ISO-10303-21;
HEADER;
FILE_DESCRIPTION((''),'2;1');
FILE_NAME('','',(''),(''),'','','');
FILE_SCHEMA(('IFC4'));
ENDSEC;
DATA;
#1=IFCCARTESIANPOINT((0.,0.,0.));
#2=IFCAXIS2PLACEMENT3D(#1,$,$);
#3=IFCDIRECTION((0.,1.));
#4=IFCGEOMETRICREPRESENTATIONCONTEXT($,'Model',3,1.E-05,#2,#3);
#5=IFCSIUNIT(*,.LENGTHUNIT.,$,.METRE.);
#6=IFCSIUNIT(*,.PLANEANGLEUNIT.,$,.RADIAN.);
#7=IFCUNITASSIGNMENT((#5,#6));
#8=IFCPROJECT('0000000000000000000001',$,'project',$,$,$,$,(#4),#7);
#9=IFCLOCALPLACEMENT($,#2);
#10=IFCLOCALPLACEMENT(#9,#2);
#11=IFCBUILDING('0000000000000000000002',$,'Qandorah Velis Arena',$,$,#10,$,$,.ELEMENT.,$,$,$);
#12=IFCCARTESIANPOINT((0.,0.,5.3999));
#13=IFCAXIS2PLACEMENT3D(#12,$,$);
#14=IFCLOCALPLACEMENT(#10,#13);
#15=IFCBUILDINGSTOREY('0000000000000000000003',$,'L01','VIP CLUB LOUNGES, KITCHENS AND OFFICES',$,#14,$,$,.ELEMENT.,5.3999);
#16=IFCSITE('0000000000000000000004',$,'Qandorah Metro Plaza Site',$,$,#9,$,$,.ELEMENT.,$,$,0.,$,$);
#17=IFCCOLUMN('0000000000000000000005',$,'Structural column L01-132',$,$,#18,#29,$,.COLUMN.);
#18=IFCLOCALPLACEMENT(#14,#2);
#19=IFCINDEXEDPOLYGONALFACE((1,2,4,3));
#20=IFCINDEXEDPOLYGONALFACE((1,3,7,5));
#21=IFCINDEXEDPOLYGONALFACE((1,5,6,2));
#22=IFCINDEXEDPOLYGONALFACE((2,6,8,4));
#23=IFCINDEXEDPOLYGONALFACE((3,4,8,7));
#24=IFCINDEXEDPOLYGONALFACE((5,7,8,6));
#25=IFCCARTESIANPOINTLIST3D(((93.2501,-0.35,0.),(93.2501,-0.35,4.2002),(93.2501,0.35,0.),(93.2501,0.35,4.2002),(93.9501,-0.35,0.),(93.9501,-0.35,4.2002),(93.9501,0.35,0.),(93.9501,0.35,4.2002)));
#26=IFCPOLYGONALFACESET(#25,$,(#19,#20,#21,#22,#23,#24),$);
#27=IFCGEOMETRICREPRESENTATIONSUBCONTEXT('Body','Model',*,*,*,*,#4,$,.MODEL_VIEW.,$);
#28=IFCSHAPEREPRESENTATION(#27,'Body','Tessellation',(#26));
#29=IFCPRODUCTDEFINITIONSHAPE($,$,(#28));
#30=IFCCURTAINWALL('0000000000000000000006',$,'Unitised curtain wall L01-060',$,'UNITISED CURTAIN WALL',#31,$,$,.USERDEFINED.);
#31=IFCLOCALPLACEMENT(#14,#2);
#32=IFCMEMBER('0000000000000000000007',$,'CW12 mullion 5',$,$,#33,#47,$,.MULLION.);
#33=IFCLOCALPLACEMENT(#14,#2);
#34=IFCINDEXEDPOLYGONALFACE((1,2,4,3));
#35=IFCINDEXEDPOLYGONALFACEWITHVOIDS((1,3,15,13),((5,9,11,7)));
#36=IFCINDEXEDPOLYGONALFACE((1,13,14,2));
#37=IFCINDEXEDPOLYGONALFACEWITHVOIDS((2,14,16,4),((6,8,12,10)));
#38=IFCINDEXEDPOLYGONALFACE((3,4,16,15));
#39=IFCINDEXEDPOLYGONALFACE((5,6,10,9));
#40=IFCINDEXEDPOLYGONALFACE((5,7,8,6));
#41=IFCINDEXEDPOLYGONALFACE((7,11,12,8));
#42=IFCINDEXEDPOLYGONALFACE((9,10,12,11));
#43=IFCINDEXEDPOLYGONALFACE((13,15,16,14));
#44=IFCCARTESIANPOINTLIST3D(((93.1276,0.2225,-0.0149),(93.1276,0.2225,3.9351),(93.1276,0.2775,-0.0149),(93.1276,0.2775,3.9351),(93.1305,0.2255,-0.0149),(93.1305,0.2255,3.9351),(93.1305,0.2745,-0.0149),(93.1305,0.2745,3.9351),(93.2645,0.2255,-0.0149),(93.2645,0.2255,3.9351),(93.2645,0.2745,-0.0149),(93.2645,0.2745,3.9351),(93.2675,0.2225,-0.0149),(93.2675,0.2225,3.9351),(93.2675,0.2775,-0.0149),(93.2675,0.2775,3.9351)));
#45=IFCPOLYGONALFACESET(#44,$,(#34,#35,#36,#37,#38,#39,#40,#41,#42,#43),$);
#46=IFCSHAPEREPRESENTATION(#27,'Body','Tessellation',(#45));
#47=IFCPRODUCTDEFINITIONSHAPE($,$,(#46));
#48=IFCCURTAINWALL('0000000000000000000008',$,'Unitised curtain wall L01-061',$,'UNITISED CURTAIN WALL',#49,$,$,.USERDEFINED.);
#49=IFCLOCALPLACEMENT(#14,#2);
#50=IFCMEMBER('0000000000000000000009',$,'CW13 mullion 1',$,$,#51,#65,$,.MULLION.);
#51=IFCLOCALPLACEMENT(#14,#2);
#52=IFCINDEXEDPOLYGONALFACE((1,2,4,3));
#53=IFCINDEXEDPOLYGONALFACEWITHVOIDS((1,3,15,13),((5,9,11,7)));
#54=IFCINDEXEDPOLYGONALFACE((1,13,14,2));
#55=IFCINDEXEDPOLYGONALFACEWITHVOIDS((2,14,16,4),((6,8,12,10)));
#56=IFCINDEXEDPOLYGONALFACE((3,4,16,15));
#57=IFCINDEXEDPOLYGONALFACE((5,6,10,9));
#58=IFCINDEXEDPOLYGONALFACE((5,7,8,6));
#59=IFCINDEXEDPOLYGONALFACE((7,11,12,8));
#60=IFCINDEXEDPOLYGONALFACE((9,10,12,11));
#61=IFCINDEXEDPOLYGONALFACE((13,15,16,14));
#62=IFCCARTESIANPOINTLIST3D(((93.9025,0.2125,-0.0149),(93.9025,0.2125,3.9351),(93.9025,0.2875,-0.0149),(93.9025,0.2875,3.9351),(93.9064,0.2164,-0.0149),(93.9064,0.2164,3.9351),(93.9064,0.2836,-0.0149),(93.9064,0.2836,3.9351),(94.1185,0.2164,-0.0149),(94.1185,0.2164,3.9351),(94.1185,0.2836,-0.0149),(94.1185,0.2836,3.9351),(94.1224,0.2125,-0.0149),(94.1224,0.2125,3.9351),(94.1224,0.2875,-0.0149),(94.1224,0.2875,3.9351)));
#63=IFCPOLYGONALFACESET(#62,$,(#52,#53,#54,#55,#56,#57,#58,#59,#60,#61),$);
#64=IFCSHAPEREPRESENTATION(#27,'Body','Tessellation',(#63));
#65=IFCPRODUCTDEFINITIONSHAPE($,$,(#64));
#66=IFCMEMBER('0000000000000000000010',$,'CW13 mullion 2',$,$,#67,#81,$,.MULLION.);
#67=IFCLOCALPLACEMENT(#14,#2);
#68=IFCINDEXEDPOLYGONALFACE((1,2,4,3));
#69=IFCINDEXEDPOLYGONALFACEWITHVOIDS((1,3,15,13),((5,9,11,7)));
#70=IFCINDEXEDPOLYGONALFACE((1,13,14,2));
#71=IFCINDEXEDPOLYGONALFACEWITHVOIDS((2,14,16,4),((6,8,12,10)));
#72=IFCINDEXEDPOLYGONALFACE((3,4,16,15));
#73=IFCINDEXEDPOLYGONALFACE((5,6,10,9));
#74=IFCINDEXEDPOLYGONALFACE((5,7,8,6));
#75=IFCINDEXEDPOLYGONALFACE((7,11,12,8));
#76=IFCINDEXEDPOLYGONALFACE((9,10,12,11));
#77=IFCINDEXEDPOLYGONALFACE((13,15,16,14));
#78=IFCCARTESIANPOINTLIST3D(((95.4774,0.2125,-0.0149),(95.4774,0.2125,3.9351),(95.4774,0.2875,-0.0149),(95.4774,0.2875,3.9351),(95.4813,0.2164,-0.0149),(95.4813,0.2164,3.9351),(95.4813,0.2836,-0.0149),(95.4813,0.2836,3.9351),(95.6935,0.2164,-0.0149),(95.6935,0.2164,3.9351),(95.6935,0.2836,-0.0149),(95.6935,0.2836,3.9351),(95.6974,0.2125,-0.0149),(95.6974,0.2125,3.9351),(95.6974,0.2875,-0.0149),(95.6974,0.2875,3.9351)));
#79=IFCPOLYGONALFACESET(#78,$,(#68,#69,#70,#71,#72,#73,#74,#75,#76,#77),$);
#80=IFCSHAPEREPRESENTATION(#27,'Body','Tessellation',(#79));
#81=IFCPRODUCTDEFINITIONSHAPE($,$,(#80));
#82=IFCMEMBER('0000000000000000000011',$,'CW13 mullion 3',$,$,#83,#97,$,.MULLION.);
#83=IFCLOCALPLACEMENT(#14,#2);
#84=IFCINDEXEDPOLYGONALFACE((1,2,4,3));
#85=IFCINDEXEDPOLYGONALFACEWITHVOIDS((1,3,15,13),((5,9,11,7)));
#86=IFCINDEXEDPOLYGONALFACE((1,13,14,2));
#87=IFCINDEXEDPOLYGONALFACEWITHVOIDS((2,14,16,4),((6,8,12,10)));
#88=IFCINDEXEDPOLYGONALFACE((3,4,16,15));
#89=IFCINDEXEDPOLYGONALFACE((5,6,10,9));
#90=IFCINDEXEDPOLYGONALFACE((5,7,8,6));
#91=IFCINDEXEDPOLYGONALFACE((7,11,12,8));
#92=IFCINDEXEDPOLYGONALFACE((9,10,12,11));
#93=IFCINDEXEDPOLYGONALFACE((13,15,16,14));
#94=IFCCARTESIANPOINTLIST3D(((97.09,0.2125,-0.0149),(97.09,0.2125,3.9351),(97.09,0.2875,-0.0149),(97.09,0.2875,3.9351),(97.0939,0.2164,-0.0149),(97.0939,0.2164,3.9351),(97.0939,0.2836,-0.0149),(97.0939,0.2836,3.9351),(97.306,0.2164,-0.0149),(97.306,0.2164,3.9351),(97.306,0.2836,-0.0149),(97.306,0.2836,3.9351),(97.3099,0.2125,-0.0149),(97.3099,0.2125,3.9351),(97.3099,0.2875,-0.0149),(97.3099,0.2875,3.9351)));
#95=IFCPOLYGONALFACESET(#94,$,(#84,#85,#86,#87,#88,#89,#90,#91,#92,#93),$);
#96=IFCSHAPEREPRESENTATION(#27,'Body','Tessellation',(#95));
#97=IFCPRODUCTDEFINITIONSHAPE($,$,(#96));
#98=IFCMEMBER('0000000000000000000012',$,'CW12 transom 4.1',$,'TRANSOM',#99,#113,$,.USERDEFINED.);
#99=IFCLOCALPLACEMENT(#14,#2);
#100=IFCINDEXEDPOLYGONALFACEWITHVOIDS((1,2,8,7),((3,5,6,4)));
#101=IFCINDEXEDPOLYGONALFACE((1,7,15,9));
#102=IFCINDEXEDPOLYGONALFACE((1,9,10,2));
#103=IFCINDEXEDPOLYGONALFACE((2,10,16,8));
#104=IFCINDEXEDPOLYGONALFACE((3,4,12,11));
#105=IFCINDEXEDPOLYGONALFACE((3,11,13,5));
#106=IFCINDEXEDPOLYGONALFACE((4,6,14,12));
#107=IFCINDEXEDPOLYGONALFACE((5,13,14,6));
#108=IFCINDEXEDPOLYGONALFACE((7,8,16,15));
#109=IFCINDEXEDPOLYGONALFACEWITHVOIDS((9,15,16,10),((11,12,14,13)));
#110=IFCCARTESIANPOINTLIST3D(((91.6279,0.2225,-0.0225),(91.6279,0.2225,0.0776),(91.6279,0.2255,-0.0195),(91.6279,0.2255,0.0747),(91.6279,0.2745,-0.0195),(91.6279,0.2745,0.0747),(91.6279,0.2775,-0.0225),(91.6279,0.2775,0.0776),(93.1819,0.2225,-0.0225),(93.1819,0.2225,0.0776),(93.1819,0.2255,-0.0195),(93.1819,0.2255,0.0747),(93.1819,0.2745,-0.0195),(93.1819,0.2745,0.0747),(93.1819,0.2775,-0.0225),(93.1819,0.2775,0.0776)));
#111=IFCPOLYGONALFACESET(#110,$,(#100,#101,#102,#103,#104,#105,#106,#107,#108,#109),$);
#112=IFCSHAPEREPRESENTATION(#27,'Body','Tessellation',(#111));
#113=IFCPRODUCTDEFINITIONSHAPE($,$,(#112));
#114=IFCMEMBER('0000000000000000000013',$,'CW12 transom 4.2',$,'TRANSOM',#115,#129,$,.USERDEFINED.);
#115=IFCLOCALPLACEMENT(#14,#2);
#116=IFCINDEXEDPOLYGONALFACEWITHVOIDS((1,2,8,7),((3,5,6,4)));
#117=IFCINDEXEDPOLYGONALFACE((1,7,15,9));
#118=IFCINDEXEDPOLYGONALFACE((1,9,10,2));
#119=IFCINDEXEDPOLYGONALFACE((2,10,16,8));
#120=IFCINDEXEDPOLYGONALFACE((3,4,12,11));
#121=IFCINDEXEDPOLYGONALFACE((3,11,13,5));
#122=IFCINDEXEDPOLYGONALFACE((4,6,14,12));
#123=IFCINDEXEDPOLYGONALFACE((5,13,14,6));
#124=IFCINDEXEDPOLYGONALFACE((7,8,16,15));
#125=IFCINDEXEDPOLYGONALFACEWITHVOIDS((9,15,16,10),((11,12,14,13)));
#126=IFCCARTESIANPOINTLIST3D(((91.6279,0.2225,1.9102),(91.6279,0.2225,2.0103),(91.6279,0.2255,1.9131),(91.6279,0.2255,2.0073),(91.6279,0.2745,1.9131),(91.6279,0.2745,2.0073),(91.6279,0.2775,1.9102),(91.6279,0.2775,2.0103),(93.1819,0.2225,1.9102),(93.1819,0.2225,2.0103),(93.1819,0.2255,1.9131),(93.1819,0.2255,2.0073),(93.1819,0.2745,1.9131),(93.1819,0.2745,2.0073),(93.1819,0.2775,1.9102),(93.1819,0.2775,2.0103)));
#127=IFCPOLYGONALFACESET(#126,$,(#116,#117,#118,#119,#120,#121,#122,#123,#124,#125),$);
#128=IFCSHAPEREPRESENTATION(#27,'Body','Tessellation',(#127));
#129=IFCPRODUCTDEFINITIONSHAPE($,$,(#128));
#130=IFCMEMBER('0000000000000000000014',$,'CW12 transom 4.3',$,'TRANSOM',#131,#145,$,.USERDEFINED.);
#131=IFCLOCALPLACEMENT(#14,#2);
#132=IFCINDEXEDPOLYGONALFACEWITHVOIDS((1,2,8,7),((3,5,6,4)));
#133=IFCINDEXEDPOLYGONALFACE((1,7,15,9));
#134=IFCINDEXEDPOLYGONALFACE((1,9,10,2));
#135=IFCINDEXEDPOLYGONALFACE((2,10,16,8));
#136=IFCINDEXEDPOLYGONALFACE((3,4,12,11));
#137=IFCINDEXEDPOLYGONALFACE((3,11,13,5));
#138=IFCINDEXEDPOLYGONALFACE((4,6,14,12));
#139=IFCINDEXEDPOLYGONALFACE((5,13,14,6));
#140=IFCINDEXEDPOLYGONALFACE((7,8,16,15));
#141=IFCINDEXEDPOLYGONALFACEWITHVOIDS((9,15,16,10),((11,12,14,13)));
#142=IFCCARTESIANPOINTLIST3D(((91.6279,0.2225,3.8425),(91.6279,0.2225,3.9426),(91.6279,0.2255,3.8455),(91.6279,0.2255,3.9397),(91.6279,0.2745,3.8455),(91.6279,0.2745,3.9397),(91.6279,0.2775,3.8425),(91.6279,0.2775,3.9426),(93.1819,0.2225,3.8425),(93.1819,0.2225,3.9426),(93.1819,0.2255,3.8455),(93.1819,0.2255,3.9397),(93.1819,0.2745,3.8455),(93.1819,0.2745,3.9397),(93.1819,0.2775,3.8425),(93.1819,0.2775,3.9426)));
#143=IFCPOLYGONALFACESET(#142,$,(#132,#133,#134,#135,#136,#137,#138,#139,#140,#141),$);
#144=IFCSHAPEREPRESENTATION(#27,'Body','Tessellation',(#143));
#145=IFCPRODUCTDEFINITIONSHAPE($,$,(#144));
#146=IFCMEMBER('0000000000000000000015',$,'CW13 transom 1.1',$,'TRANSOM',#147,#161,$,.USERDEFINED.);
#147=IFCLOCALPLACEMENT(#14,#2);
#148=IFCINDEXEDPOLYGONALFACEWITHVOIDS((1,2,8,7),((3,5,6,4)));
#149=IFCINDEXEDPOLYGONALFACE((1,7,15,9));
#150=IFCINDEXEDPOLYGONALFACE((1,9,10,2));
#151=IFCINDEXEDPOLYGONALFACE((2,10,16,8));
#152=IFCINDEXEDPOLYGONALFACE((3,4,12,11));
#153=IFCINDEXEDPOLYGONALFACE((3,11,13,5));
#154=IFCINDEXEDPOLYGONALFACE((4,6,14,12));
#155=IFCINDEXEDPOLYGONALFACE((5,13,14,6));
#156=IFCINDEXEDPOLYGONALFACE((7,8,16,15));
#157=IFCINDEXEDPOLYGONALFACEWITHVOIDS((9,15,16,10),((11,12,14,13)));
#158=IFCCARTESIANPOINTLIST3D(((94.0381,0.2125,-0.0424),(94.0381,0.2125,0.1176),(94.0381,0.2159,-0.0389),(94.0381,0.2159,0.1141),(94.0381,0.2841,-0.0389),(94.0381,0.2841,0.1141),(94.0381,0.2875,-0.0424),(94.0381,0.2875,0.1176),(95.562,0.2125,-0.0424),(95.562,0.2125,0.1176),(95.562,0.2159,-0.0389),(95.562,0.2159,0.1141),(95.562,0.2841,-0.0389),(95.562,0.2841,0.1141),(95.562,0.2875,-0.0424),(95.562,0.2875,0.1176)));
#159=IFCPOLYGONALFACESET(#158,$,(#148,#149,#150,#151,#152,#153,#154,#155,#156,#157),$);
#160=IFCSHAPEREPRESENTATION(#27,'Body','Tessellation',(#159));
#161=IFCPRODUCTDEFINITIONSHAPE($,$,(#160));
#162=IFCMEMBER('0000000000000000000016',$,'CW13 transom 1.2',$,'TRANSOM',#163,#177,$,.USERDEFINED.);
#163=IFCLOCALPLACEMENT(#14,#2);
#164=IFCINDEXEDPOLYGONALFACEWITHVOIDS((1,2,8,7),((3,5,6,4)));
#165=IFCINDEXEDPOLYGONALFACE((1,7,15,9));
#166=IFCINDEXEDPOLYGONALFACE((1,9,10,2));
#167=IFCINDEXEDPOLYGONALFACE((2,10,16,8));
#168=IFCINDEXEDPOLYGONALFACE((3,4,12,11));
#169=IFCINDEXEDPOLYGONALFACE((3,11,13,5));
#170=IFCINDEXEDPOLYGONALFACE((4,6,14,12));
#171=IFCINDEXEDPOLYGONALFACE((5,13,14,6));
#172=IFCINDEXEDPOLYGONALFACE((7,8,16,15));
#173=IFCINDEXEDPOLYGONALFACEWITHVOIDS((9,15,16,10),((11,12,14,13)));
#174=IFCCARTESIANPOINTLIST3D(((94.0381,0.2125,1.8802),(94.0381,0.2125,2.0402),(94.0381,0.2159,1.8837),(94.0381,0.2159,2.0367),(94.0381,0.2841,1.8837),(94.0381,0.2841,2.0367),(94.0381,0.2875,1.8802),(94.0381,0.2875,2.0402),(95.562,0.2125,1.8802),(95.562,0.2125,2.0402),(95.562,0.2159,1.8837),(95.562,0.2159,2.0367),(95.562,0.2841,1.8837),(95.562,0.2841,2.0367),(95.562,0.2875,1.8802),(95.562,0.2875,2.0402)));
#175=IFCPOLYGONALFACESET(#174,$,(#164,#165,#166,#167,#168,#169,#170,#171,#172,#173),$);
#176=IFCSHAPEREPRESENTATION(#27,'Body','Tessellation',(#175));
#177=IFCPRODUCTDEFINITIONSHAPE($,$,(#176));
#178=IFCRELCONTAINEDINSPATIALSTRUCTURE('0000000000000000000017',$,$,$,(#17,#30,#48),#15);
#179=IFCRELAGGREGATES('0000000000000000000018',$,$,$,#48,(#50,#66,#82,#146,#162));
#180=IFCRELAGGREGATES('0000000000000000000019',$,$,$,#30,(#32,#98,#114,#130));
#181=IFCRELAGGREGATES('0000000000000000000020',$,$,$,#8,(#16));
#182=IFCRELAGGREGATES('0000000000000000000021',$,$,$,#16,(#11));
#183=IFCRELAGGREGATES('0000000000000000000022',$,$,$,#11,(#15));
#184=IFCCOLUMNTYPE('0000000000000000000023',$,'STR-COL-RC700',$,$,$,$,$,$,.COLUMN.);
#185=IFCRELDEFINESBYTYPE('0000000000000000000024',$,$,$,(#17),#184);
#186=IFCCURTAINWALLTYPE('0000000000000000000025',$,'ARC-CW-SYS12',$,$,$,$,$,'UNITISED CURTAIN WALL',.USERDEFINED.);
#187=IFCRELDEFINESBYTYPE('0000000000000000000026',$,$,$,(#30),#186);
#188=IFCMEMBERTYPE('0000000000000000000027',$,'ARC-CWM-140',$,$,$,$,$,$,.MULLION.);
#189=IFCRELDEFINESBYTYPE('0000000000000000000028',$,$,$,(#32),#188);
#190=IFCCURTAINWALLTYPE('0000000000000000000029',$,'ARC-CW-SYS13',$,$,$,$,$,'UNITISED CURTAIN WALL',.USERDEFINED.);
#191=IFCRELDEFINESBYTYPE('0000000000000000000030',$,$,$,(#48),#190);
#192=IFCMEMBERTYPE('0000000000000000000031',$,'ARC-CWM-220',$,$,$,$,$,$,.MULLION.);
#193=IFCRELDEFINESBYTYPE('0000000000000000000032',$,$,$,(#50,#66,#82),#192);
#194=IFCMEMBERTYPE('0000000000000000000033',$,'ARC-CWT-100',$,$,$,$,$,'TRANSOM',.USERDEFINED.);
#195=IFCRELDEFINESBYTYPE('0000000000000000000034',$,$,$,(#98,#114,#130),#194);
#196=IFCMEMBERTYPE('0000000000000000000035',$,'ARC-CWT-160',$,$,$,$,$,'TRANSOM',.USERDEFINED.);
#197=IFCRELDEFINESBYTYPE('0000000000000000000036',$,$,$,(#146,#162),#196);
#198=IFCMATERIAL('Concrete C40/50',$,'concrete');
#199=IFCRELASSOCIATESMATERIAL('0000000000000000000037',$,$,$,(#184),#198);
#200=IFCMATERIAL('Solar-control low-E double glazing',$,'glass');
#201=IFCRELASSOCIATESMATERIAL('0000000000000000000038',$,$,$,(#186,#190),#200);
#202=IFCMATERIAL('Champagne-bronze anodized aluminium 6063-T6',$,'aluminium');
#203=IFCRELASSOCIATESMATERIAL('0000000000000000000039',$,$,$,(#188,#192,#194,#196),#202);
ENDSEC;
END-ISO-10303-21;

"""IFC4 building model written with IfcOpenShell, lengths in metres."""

from ifc_helpers import new_model, si_unit, direction, frame, origin, origin_2d, place, context, subcontext, project, spatial, rectangle, hollow_rectangle, extrude, material, material_profile, profile_set, type_object, element, aggregate, save


model = new_model("IFC4")

# Units and contexts
model_context = context("Model", 3, precision=1e-05, world=origin(), true_north=direction((0.0, 1.0)))
body_context = subcontext(model_context, "Body", "Model", "MODEL_VIEW")
ifc_project = project(units=[si_unit("LENGTHUNIT", "METRE"), si_unit("PLANEANGLEUNIT", "RADIAN")], contexts=[model_context])

# Site, building, storey
site_placement = place(None, origin())
site = spatial("IfcSite", under=ifc_project, at=site_placement, Name="Qandorah Metro Plaza Site", CompositionType="ELEMENT", RefElevation=0.0)
building_placement = place(site_placement, origin())
building = spatial("IfcBuilding", under=site, at=building_placement, Name="Qandorah Velis Arena", CompositionType="ELEMENT")
storey_placement = place(building_placement, frame((0.0, 0.0, 5.3999)))
storey = spatial("IfcBuildingStorey", under=building, at=storey_placement, Name="L01", Description="VIP CLUB LOUNGES, KITCHENS AND OFFICES", CompositionType="ELEMENT", Elevation=5.3999)

# Column
ifc_material_1 = material(Name="Concrete C40/50", Category="concrete")
ifc_material_profile_1 = material_profile(ifc_material_1, rectangle(XDim=0.7, YDim=0.7, at=origin_2d()), Name="RC COL 700x700")
ifc_profile_set_1 = profile_set([ifc_material_profile_1], Name="Concrete C40/50")
column_type = type_object("IfcColumnType", Name="STR-COL-RC700", PredefinedType="COLUMN", material=ifc_profile_set_1)
column_placement = place(storey_placement, frame((93.6001, 0.0, 0.0), z_axis=(0.0, 0.0, 1.0), x_axis=(1.0, 0.0, 0.0)))
element("IfcColumn", 1, at=column_placement, inside=storey, type_object=column_type, Name="Structural column L01-132", PredefinedType="COLUMN", context=body_context, shape_type="SweptSolid", body=[
    extrude(rectangle(XDim=0.7, YDim=0.7, at=origin_2d()), origin(), (0.0, 0.0, 1.0), 4.2002),
])

# Curtain wall, member
ifc_material_2 = material(Name="Solar-control low-E double glazing", Category="glass")
curtain_wall_type_1 = type_object("IfcCurtainWallType", Name="ARC-CW-SYS12", ElementType="UNITISED CURTAIN WALL", PredefinedType="USERDEFINED", material=ifc_material_2)
curtain_wall_1_placement = place(storey_placement, origin())
curtain_wall_1 = element("IfcCurtainWall", 2, at=curtain_wall_1_placement, inside=storey, type_object=curtain_wall_type_1, Name="Unitised curtain wall L01-060", ObjectType="UNITISED CURTAIN WALL", PredefinedType="USERDEFINED")
ifc_material_3 = material(Name="Champagne-bronze anodized aluminium 6063-T6", Category="aluminium")
ifc_material_profile_2 = material_profile(ifc_material_3, hollow_rectangle(XDim=0.0549, YDim=0.1399, WallThickness=0.0029, at=origin_2d()), Name="ALU MULLION 55x140")
ifc_profile_set_2 = profile_set([ifc_material_profile_2], Name="Champagne-bronze anodized aluminium 6063-T6")
member_type_1 = type_object("IfcMemberType", Name="ARC-CWM-140", PredefinedType="MULLION", material=ifc_profile_set_2)
member_1_placement = place(storey_placement, frame((93.1975, 0.25, -0.0149), z_axis=(0.0, 0.0, 1.0), x_axis=(0.0, 1.0, 0.0)))
member_1 = element("IfcMember", 3, at=member_1_placement, type_object=member_type_1, Name="CW12 mullion 5", PredefinedType="MULLION", context=body_context, shape_type="SweptSolid", body=[
    extrude(hollow_rectangle(XDim=0.0549, YDim=0.1399, WallThickness=0.0029, at=origin_2d()), origin(), (0.0, 0.0, 1.0), 3.95),
])

# Curtain wall, members
curtain_wall_type_2 = type_object("IfcCurtainWallType", Name="ARC-CW-SYS13", ElementType="UNITISED CURTAIN WALL", PredefinedType="USERDEFINED", material=ifc_material_2)
curtain_wall_2_placement = place(storey_placement, origin())
curtain_wall_2 = element("IfcCurtainWall", 4, at=curtain_wall_2_placement, inside=storey, type_object=curtain_wall_type_2, Name="Unitised curtain wall L01-061", ObjectType="UNITISED CURTAIN WALL", PredefinedType="USERDEFINED")
ifc_material_profile_3 = material_profile(ifc_material_3, hollow_rectangle(XDim=0.075, YDim=0.22, WallThickness=0.0039, at=origin_2d()), Name="ALU MULLION 75x220")
ifc_profile_set_3 = profile_set([ifc_material_profile_3], Name="Champagne-bronze anodized aluminium 6063-T6")
member_type_2 = type_object("IfcMemberType", Name="ARC-CWM-220", PredefinedType="MULLION", material=ifc_profile_set_3)
member_2_placement = place(storey_placement, frame((94.0125, 0.25, -0.0149), z_axis=(0.0, 0.0, 1.0), x_axis=(0.0, 1.0, 0.0)))
member_2 = element("IfcMember", 5, at=member_2_placement, type_object=member_type_2, Name="CW13 mullion 1", PredefinedType="MULLION", context=body_context, shape_type="SweptSolid", body=[
    extrude(hollow_rectangle(XDim=0.075, YDim=0.22, WallThickness=0.0039, at=origin_2d()), origin(), (0.0, 0.0, 1.0), 3.95),
])
member_3_placement = place(storey_placement, frame((95.5874, 0.25, -0.0149), z_axis=(0.0, 0.0, 1.0), x_axis=(0.0, 1.0, 0.0)))
member_3 = element("IfcMember", 6, at=member_3_placement, type_object=member_type_2, Name="CW13 mullion 2", PredefinedType="MULLION", context=body_context, shape_type="SweptSolid", body=[
    extrude(hollow_rectangle(XDim=0.075, YDim=0.22, WallThickness=0.0039, at=origin_2d()), origin(), (0.0, 0.0, 1.0), 3.95),
])
member_4_placement = place(storey_placement, frame((97.2, 0.25, -0.0149), z_axis=(0.0, 0.0, 1.0), x_axis=(0.0, 1.0, 0.0)))
member_4 = element("IfcMember", 7, at=member_4_placement, type_object=member_type_2, Name="CW13 mullion 3", PredefinedType="MULLION", context=body_context, shape_type="SweptSolid", body=[
    extrude(hollow_rectangle(XDim=0.075, YDim=0.22, WallThickness=0.0039, at=origin_2d()), origin(), (0.0, 0.0, 1.0), 3.95),
])

# Members
ifc_material_profile_4 = material_profile(ifc_material_3, hollow_rectangle(XDim=0.0549, YDim=0.1001, WallThickness=0.0029, at=origin_2d()), Name="ALU TRANSOM 55x100")
ifc_profile_set_4 = profile_set([ifc_material_profile_4], Name="Champagne-bronze anodized aluminium 6063-T6")
member_type_3 = type_object("IfcMemberType", Name="ARC-CWT-100", ElementType="TRANSOM", PredefinedType="USERDEFINED", material=ifc_profile_set_4)
member_5_placement = place(storey_placement, frame((91.6279, 0.25, 0.0276), z_axis=(1.0, 0.0, 0.0), x_axis=(0.0, 1.0, 0.0)))
member_5 = element("IfcMember", 8, at=member_5_placement, type_object=member_type_3, Name="CW12 transom 4.1", ObjectType="TRANSOM", PredefinedType="USERDEFINED", context=body_context, shape_type="SweptSolid", body=[
    extrude(hollow_rectangle(XDim=0.0549, YDim=0.1001, WallThickness=0.0029, at=origin_2d()), origin(), (0.0, 0.0, 1.0), 1.554),
])
member_6_placement = place(storey_placement, frame((91.6279, 0.25, 1.9602), z_axis=(1.0, 0.0, 0.0), x_axis=(0.0, 1.0, 0.0)))
member_6 = element("IfcMember", 9, at=member_6_placement, type_object=member_type_3, Name="CW12 transom 4.2", ObjectType="TRANSOM", PredefinedType="USERDEFINED", context=body_context, shape_type="SweptSolid", body=[
    extrude(hollow_rectangle(XDim=0.0549, YDim=0.1001, WallThickness=0.0029, at=origin_2d()), origin(), (0.0, 0.0, 1.0), 1.554),
])
member_7_placement = place(storey_placement, frame((91.6279, 0.25, 3.8926), z_axis=(1.0, 0.0, 0.0), x_axis=(0.0, 1.0, 0.0)))
member_7 = element("IfcMember", 10, at=member_7_placement, type_object=member_type_3, Name="CW12 transom 4.3", ObjectType="TRANSOM", PredefinedType="USERDEFINED", context=body_context, shape_type="SweptSolid", body=[
    extrude(hollow_rectangle(XDim=0.0549, YDim=0.1001, WallThickness=0.0029, at=origin_2d()), origin(), (0.0, 0.0, 1.0), 1.554),
])
ifc_material_profile_5 = material_profile(ifc_material_3, hollow_rectangle(XDim=0.075, YDim=0.1599, WallThickness=0.0034, at=origin_2d()), Name="ALU TRANSOM 75x160")
ifc_profile_set_5 = profile_set([ifc_material_profile_5], Name="Champagne-bronze anodized aluminium 6063-T6")
member_type_4 = type_object("IfcMemberType", Name="ARC-CWT-160", ElementType="TRANSOM", PredefinedType="USERDEFINED", material=ifc_profile_set_5)
member_8_placement = place(storey_placement, frame((94.0381, 0.25, 0.0376), z_axis=(1.0, 0.0, 0.0), x_axis=(0.0, 1.0, 0.0)))
member_8 = element("IfcMember", 11, at=member_8_placement, type_object=member_type_4, Name="CW13 transom 1.1", ObjectType="TRANSOM", PredefinedType="USERDEFINED", context=body_context, shape_type="SweptSolid", body=[
    extrude(hollow_rectangle(XDim=0.075, YDim=0.1599, WallThickness=0.0034, at=origin_2d()), origin(), (0.0, 0.0, 1.0), 1.5239),
])
member_9_placement = place(storey_placement, frame((94.0381, 0.25, 1.9602), z_axis=(1.0, 0.0, 0.0), x_axis=(0.0, 1.0, 0.0)))
member_9 = element("IfcMember", 12, at=member_9_placement, type_object=member_type_4, Name="CW13 transom 1.2", ObjectType="TRANSOM", PredefinedType="USERDEFINED", context=body_context, shape_type="SweptSolid", body=[
    extrude(hollow_rectangle(XDim=0.075, YDim=0.1599, WallThickness=0.0034, at=origin_2d()), origin(), (0.0, 0.0, 1.0), 1.5239),
])

aggregate(curtain_wall_2, [member_2, member_3, member_4, member_8, member_9])
aggregate(curtain_wall_1, [member_1, member_5, member_6, member_7])

save(model, "model.ifc")
